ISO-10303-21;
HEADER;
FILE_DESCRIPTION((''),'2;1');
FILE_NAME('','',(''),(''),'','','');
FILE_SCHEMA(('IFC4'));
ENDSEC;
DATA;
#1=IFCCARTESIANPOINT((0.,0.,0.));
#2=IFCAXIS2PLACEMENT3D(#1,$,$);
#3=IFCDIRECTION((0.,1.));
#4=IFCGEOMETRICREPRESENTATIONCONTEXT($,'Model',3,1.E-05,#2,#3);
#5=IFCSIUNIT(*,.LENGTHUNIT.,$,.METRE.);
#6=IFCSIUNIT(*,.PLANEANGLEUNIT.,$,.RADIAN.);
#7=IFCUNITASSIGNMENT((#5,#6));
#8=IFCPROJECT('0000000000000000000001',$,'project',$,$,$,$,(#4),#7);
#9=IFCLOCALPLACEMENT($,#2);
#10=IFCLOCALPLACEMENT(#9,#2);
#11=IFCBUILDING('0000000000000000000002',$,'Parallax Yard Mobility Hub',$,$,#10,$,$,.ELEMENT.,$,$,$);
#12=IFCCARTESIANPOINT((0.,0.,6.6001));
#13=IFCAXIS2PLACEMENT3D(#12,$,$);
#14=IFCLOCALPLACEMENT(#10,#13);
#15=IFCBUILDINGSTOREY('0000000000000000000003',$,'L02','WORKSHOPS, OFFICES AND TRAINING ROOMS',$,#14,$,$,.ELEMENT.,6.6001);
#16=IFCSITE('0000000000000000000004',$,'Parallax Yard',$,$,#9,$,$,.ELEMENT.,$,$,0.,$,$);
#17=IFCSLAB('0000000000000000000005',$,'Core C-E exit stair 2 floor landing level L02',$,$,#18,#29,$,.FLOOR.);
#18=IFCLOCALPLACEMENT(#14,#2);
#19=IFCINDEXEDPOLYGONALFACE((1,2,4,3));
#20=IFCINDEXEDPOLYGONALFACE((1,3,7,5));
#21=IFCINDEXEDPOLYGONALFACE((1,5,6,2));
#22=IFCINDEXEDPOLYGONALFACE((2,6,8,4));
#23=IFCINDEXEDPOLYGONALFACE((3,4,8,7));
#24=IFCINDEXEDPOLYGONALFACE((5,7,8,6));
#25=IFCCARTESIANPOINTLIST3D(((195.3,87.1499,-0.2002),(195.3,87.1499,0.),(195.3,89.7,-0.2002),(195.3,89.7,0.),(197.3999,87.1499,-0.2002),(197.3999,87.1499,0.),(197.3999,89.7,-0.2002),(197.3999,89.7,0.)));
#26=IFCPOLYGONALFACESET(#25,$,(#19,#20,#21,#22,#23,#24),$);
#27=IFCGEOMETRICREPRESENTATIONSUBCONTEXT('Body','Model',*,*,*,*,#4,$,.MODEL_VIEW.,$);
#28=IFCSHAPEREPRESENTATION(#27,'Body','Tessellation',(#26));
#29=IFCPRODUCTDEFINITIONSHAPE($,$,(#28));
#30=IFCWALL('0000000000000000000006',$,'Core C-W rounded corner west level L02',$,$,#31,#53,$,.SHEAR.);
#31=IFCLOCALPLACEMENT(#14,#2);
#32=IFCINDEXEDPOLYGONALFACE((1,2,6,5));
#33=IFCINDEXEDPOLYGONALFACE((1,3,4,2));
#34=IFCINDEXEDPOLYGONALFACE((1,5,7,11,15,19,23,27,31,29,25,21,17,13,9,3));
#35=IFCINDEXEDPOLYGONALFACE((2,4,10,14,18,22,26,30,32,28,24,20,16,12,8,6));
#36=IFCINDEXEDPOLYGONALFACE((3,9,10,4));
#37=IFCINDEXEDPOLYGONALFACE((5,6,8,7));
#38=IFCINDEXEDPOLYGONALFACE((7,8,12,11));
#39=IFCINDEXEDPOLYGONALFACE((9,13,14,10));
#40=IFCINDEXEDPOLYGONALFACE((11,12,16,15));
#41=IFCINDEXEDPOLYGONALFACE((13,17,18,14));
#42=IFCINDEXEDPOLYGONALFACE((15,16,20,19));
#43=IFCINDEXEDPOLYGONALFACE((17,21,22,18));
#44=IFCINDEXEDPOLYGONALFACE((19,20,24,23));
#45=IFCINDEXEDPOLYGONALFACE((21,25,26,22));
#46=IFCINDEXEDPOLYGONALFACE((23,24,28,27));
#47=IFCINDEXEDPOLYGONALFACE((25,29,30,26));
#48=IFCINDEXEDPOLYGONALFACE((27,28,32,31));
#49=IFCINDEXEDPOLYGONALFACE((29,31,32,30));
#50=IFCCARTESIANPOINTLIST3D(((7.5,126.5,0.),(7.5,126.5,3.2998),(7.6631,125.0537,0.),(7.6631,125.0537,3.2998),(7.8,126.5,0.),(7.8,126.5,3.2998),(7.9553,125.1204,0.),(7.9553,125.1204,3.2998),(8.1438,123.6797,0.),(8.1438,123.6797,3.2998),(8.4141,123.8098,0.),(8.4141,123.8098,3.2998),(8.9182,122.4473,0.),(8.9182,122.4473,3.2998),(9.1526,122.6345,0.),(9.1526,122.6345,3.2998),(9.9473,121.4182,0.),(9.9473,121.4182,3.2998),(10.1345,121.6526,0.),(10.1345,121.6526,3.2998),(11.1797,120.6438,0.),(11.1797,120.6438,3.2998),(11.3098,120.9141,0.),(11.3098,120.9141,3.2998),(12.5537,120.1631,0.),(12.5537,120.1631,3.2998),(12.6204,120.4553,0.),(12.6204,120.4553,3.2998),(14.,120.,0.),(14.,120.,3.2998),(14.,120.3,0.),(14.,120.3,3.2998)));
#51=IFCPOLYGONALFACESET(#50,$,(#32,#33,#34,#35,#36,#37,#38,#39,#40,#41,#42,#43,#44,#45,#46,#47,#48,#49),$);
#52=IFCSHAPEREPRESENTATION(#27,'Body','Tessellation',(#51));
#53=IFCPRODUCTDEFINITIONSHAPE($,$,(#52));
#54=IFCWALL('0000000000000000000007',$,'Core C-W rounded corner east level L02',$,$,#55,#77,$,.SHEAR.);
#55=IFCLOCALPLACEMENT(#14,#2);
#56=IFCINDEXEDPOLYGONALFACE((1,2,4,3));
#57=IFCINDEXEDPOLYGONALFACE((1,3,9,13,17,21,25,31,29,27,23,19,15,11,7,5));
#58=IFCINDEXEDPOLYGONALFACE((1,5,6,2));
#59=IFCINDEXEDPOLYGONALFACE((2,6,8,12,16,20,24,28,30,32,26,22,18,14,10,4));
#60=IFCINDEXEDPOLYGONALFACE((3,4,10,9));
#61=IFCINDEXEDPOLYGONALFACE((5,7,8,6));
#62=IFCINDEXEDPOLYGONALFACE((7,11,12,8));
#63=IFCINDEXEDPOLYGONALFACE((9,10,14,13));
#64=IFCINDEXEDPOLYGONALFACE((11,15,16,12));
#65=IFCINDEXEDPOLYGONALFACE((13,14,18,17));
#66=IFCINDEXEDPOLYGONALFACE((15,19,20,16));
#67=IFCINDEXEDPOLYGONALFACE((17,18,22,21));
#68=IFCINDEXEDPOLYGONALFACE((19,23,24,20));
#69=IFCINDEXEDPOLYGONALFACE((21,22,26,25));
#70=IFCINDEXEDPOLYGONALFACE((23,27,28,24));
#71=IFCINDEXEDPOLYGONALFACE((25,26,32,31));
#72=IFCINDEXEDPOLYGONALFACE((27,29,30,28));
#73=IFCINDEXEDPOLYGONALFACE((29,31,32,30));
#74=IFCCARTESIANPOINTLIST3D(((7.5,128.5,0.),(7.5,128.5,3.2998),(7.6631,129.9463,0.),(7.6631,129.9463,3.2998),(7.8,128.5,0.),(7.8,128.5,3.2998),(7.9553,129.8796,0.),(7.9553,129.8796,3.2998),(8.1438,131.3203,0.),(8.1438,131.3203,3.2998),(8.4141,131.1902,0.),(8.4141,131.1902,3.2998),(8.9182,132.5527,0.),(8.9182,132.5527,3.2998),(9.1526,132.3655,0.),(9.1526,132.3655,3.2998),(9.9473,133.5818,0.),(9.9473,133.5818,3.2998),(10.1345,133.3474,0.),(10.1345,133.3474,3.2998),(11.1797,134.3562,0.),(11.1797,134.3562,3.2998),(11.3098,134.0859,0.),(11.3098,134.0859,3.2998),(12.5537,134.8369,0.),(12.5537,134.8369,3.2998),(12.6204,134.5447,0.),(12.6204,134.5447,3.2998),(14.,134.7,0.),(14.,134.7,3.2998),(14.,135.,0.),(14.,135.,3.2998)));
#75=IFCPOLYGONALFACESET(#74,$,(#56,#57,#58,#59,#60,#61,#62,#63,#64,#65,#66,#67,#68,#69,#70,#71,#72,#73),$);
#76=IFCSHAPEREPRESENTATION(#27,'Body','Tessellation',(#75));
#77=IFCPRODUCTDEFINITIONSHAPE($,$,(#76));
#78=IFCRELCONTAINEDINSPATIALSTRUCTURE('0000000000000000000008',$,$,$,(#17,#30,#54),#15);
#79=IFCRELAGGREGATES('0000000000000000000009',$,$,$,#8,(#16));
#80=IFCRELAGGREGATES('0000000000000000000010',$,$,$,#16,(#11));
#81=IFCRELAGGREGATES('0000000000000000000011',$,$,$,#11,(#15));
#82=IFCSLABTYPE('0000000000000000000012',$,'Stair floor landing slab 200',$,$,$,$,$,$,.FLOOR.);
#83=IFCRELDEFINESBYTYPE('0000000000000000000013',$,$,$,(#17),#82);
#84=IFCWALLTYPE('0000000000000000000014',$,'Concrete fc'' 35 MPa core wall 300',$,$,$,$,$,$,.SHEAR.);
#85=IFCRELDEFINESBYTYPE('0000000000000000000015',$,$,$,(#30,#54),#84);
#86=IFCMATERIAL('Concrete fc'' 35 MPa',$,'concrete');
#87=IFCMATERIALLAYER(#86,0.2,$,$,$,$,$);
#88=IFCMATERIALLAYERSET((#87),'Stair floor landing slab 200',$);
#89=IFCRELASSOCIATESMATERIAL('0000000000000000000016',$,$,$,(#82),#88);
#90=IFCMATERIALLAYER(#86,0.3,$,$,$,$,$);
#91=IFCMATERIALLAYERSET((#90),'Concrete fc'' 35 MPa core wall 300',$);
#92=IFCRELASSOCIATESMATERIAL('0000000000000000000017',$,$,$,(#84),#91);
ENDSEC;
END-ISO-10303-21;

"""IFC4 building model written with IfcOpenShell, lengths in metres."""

from ifc_helpers import new_model, si_unit, direction, frame, origin, place, context, subcontext, project, spatial, polyline, outline, extrude, material, layer, layer_set, type_object, element, save


model = new_model("IFC4")

# Units and contexts
model_context = context("Model", 3, precision=1e-05, world=origin(), true_north=direction((0.0, 1.0)))
body_context = subcontext(model_context, "Body", "Model", "MODEL_VIEW")
ifc_project = project(units=[si_unit("LENGTHUNIT", "METRE"), si_unit("PLANEANGLEUNIT", "RADIAN")], contexts=[model_context])

# Site, building, storey
site_placement = place(None, origin())
site = spatial("IfcSite", under=ifc_project, at=site_placement, Name="Parallax Yard", CompositionType="ELEMENT", RefElevation=0.0)
building_placement = place(site_placement, origin())
building = spatial("IfcBuilding", under=site, at=building_placement, Name="Parallax Yard Mobility Hub", CompositionType="ELEMENT")
storey_placement = place(building_placement, frame((0.0, 0.0, 6.6001)))
storey = spatial("IfcBuildingStorey", under=building, at=storey_placement, Name="L02", Description="WORKSHOPS, OFFICES AND TRAINING ROOMS", CompositionType="ELEMENT", Elevation=6.6001)

# Shared definitions
ifc_material_1 = material(Name="Concrete fc' 35 MPa", Category="concrete")

# Slab
ifc_layer_1 = layer(ifc_material_1, 0.2)
ifc_layer_set_1 = layer_set([ifc_layer_1], Name="Stair floor landing slab 200")
slab_type_1 = type_object("IfcSlabType", Name="Stair floor landing slab 200", PredefinedType="FLOOR", material=ifc_layer_set_1)
slab_1_placement = place(storey_placement, frame((0.0, 0.0, -0.2002)))
element("IfcSlab", 1, at=slab_1_placement, inside=storey, type_object=slab_type_1, Name="Core C-E exit stair 2 floor landing level L02", PredefinedType="FLOOR", context=body_context, shape_type="SweptSolid", body=[
    extrude(outline(polyline([(197.3999, 89.7), (195.3, 89.7), (195.3, 87.1499), (197.3999, 87.1499), (197.3999, 89.7)])), origin(), (0.0, 0.0, 1.0), 0.2002),
])

# Walls
ifc_layer_2 = layer(ifc_material_1, 0.3)
ifc_layer_set_2 = layer_set([ifc_layer_2], Name="Concrete fc' 35 MPa core wall 300")
wall_type = type_object("IfcWallType", Name="Concrete fc' 35 MPa core wall 300", PredefinedType="SHEAR", material=ifc_layer_set_2)
wall_1_placement = place(storey_placement, origin())
element("IfcWall", 2, at=wall_1_placement, inside=storey, type_object=wall_type, Name="Core C-W rounded corner west level L02", PredefinedType="SHEAR", context=body_context, shape_type="SweptSolid", body=[
    extrude(outline(polyline([(14.0, 120.0), (12.5537, 120.1631), (11.1797, 120.6438), (9.9473, 121.4182), (8.9182, 122.4473), (8.1438, 123.6797), (7.6631, 125.0537), (7.5, 126.5), (7.8, 126.5), (7.9553, 125.1204), (8.4141, 123.8098), (9.1526, 122.6345), (10.1345, 121.6526), (11.3098, 120.9141), (12.6204, 120.4553), (14.0, 120.3), (14.0, 120.0)])), origin(), (0.0, 0.0, 1.0), 3.2998),
])
wall_2_placement = place(storey_placement, origin())
element("IfcWall", 3, at=wall_2_placement, inside=storey, type_object=wall_type, Name="Core C-W rounded corner east level L02", PredefinedType="SHEAR", context=body_context, shape_type="SweptSolid", body=[
    extrude(outline(polyline([(14.0, 135.0), (12.5537, 134.8369), (11.1797, 134.3562), (9.9473, 133.5818), (8.9182, 132.5527), (8.1438, 131.3203), (7.6631, 129.9463), (7.5, 128.5), (7.8, 128.5), (7.9553, 129.8796), (8.4141, 131.1902), (9.1526, 132.3655), (10.1345, 133.3474), (11.3098, 134.0859), (12.6204, 134.5447), (14.0, 134.7), (14.0, 135.0)])), origin(), (0.0, 0.0, 1.0), 3.2998),
])

save(model, "model.ifc")
